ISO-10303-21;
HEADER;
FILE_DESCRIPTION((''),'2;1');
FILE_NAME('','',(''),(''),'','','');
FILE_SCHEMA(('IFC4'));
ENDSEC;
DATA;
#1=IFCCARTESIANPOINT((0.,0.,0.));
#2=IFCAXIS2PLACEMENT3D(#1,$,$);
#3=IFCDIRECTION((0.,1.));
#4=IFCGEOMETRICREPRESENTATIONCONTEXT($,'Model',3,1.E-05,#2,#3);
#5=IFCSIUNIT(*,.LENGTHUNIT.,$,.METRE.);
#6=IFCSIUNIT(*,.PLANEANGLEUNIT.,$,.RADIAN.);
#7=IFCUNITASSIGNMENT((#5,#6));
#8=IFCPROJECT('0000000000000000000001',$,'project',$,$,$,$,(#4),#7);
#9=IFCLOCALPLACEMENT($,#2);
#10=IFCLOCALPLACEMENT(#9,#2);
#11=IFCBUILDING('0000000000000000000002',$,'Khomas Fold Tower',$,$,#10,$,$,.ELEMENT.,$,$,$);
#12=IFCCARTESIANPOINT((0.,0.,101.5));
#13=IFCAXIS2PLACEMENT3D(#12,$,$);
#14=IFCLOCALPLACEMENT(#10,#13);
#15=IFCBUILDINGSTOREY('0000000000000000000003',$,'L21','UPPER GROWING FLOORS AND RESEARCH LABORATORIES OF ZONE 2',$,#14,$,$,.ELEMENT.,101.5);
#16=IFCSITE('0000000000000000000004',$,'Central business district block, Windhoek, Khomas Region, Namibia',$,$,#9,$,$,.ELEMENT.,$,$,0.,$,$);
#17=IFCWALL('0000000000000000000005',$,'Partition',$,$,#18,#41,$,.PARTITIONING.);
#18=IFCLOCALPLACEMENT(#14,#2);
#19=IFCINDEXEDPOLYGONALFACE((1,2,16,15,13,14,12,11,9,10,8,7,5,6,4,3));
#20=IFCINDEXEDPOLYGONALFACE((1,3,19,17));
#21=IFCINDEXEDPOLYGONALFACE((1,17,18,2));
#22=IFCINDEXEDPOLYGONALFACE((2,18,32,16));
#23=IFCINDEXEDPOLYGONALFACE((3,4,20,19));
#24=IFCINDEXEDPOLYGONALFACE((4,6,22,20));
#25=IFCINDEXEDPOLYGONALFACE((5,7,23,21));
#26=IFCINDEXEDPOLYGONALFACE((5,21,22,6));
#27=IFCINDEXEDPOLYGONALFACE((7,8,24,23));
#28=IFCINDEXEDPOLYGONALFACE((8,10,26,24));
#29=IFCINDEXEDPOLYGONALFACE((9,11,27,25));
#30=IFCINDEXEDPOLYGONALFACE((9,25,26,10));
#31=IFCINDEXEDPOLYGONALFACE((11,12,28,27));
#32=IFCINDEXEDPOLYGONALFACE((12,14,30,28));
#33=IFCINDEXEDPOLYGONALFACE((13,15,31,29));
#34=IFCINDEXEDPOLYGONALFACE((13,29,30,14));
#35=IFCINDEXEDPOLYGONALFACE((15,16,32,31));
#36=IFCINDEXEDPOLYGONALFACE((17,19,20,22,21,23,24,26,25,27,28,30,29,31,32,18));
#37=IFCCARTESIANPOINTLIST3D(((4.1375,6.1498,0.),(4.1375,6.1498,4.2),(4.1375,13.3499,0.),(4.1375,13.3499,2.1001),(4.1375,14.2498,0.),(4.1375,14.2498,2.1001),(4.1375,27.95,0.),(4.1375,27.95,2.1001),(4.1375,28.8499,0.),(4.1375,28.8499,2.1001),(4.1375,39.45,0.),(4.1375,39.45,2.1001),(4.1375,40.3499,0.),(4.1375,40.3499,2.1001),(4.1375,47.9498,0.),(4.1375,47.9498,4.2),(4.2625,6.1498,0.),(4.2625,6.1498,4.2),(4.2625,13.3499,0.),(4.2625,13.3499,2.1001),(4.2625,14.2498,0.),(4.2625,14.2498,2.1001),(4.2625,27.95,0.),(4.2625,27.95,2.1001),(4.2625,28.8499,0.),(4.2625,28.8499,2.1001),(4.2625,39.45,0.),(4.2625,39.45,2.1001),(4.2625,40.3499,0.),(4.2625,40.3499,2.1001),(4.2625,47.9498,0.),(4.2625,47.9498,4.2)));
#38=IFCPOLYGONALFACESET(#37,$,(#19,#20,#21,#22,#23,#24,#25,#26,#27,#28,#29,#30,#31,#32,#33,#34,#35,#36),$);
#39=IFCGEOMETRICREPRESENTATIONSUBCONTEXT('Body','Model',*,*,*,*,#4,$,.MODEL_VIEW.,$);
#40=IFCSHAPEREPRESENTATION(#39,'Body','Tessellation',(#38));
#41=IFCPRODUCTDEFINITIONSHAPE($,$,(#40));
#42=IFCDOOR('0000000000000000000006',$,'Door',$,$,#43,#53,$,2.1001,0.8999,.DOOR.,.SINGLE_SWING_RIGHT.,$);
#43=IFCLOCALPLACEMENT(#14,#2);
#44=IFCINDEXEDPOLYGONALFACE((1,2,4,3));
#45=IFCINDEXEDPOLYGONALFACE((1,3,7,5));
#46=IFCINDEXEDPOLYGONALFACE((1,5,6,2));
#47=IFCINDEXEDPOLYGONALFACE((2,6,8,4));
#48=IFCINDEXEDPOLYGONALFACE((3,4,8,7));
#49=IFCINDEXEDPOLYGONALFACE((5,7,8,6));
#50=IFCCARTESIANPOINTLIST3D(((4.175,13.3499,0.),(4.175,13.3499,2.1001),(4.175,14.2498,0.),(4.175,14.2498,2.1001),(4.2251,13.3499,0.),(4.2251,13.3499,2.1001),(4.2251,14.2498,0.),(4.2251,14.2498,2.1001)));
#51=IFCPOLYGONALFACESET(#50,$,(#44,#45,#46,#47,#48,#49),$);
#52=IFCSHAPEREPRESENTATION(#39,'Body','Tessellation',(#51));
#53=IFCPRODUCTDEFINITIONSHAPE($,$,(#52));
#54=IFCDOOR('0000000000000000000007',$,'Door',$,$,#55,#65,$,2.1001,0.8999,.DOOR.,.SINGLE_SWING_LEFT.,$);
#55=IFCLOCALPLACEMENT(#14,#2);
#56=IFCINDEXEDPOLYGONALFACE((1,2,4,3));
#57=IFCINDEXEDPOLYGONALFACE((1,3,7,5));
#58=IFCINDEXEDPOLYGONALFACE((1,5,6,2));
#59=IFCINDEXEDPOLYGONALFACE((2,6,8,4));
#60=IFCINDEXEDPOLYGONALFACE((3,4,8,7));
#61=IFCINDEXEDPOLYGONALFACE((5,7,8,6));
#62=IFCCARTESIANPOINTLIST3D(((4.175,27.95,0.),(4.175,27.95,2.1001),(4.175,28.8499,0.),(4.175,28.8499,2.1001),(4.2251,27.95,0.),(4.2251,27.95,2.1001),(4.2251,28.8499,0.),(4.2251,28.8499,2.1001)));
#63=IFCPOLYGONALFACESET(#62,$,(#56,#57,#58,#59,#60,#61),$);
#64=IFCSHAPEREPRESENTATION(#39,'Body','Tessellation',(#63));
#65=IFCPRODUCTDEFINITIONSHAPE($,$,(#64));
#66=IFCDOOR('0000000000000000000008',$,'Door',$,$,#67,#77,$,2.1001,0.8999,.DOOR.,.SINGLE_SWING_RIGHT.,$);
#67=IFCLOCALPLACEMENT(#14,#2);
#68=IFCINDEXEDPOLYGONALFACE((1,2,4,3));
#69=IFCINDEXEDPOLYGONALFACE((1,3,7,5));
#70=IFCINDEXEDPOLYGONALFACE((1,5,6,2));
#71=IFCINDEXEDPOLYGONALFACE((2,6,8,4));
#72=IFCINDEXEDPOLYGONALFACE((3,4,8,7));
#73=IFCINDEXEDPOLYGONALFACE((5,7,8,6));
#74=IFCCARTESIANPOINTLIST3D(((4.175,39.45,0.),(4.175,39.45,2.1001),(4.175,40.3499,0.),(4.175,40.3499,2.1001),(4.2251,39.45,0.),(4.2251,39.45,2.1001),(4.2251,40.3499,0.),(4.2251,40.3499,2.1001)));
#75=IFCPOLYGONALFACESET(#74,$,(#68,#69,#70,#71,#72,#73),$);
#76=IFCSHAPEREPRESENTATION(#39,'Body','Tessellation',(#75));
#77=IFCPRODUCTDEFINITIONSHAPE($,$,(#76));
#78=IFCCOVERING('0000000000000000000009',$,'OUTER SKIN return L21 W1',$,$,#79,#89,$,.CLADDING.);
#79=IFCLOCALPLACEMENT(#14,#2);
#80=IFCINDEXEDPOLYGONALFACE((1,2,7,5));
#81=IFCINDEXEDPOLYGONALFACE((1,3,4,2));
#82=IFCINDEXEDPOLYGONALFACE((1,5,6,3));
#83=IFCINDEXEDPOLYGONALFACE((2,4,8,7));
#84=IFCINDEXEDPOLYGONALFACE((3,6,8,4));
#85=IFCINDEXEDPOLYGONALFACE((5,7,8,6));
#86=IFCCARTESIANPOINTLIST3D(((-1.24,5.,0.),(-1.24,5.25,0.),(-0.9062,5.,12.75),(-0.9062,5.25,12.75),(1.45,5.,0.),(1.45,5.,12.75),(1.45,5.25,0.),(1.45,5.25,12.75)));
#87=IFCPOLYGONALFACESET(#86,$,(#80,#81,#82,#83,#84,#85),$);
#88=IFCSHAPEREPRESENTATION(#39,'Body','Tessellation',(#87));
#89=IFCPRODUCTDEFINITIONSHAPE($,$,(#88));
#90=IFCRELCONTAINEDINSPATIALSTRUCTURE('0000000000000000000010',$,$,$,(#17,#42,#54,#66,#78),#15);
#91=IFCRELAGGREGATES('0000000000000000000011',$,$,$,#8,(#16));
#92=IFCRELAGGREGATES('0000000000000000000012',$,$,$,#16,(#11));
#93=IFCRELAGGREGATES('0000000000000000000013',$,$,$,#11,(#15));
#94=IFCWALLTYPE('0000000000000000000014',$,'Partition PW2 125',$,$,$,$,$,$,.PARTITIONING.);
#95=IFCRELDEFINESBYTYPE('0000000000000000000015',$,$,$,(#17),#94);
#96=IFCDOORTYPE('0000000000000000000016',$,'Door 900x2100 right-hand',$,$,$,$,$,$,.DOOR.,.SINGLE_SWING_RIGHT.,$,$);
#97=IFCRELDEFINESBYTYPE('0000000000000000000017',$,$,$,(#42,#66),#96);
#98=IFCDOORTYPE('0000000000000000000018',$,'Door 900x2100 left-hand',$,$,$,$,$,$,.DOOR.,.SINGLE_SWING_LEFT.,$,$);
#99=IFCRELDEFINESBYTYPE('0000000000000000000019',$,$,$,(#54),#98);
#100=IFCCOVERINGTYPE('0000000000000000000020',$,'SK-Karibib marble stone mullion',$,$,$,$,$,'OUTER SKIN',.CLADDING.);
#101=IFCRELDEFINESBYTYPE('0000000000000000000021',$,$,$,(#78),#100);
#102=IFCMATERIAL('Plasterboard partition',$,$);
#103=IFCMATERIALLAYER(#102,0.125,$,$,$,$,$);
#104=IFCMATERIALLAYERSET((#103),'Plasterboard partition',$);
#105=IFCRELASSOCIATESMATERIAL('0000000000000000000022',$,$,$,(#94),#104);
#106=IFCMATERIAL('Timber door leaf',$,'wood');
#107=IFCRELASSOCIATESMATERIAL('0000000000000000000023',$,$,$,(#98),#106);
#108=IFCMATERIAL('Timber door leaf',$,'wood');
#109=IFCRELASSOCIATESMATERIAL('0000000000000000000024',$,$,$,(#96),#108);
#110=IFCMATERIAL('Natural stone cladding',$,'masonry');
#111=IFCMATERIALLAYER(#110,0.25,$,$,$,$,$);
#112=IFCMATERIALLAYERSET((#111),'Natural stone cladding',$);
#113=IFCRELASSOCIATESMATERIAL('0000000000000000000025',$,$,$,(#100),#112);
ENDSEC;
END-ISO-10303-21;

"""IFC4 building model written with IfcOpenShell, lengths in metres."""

from ifc_helpers import new_model, si_unit, direction, frame, frame_2d, origin, place, context, subcontext, project, spatial, polyline, rectangle, outline, extrude, source, transform, mapped, material, layer, layer_set, type_object, element, fill, save


model = new_model("IFC4")

# Units and contexts
model_context = context("Model", 3, precision=1e-05, world=origin(), true_north=direction((0.0, 1.0)))
body_context = subcontext(model_context, "Body", "Model", "MODEL_VIEW")
ifc_project = project(units=[si_unit("LENGTHUNIT", "METRE"), si_unit("PLANEANGLEUNIT", "RADIAN")], contexts=[model_context])

# Site, building, storey
site_placement = place(None, origin())
site = spatial("IfcSite", under=ifc_project, at=site_placement, Name="Central business district block, Windhoek, Khomas Region, Namibia", CompositionType="ELEMENT", RefElevation=0.0)
building_placement = place(site_placement, origin())
building = spatial("IfcBuilding", under=site, at=building_placement, Name="Khomas Fold Tower", CompositionType="ELEMENT")
storey_placement = place(building_placement, frame((0.0, 0.0, 101.5)))
storey = spatial("IfcBuildingStorey", under=building, at=storey_placement, Name="L21", Description="UPPER GROWING FLOORS AND RESEARCH LABORATORIES OF ZONE 2", CompositionType="ELEMENT", Elevation=101.5)

# Wall, openings, doors
ifc_material_1 = material(Name="Plasterboard partition")
ifc_layer_1 = layer(ifc_material_1, 0.125)
ifc_layer_set_1 = layer_set([ifc_layer_1], Name="Plasterboard partition")
wall_type_1 = type_object("IfcWallType", Name="Partition PW2 125", PredefinedType="PARTITIONING", material=ifc_layer_set_1)
shared_shape_1 = source(origin(), body_context, "Body", "SweptSolid", [
    extrude(rectangle(XDim=0.8999, YDim=2.1001, at=frame_2d((0.45, 1.05))), frame((0.0, 0.0725, 0.0), z_axis=(0.0, -1.0, 0.0), x_axis=(1.0, 0.0, 0.0)), (0.0, 0.0, 1.0), 0.145),
])
ifc_material_2 = material(Name="Timber door leaf", Category="wood")
door_type_1 = type_object("IfcDoorType", Name="Door 900x2100 left-hand", OperationType="SINGLE_SWING_LEFT", PredefinedType="DOOR", material=ifc_material_2)
shared_shape_2 = source(origin(), body_context, "Body", "SweptSolid", [
    extrude(rectangle(XDim=0.8999, YDim=2.1001, at=frame_2d((0.45, 1.05))), frame((0.0, 0.0249, 0.0), z_axis=(0.0, -1.0, 0.0), x_axis=(1.0, 0.0, 0.0)), (0.0, 0.0, 1.0), 0.05),
])
shared_shape_3 = source(origin(), body_context, "Body", "SweptSolid", [
    extrude(rectangle(XDim=41.8, YDim=0.125, at=frame_2d((20.8999, 0.0))), origin(), (0.0, 0.0, 1.0), 4.2),
])
wall_1_placement = place(storey_placement, frame((4.2, 6.1499, 0.0), z_axis=(0.0, 0.0, 1.0), x_axis=(0.0, 1.0, 0.0)))
wall_1 = element("IfcWall", 1, at=wall_1_placement, inside=storey, type_object=wall_type_1, Name="Partition", PredefinedType="PARTITIONING", context=body_context, shape_type="MappedRepresentation", body=[
    mapped(shared_shape_3, transform((0.0, 0.0, 0.0))),
])
opening_1_placement = place(wall_1_placement, frame((7.2, 0.0, 0.0)))
opening_1 = element("IfcOpeningElement", 2, at=opening_1_placement, cuts=wall_1, PredefinedType="OPENING", context=body_context, shape_type="MappedRepresentation", body=[
    mapped(shared_shape_1, transform((0.0, 0.0, 0.0))),
])
opening_2_placement = place(wall_1_placement, frame((21.8, 0.0, 0.0)))
opening_2 = element("IfcOpeningElement", 3, at=opening_2_placement, cuts=wall_1, PredefinedType="OPENING", context=body_context, shape_type="MappedRepresentation", body=[
    mapped(shared_shape_1, transform((0.0, 0.0, 0.0))),
])
opening_3_placement = place(wall_1_placement, frame((33.3, 0.0, 0.0)))
opening_3 = element("IfcOpeningElement", 4, at=opening_3_placement, cuts=wall_1, PredefinedType="OPENING", context=body_context, shape_type="MappedRepresentation", body=[
    mapped(shared_shape_1, transform((0.0, 0.0, 0.0))),
])
ifc_material_3 = material(Name="Timber door leaf", Category="wood")
door_type_2 = type_object("IfcDoorType", Name="Door 900x2100 right-hand", OperationType="SINGLE_SWING_RIGHT", PredefinedType="DOOR", material=ifc_material_3)
door_1_placement = place(opening_1_placement, origin())
door_1 = element("IfcDoor", 5, at=door_1_placement, inside=storey, type_object=door_type_2, Name="Door", OperationType="SINGLE_SWING_RIGHT", OverallHeight=2.1001, OverallWidth=0.8999, PredefinedType="DOOR", context=body_context, shape_type="MappedRepresentation", body=[
    mapped(shared_shape_2, transform((0.0, 0.0, 0.0))),
])
fill(opening_1, door_1)
door_2_placement = place(opening_2_placement, origin())
door_2 = element("IfcDoor", 6, at=door_2_placement, inside=storey, type_object=door_type_1, Name="Door", OperationType="SINGLE_SWING_LEFT", OverallHeight=2.1001, OverallWidth=0.8999, PredefinedType="DOOR", context=body_context, shape_type="MappedRepresentation", body=[
    mapped(shared_shape_2, transform((0.0, 0.0, 0.0))),
])
fill(opening_2, door_2)
door_3_placement = place(opening_3_placement, origin())
door_3 = element("IfcDoor", 7, at=door_3_placement, inside=storey, type_object=door_type_2, Name="Door", OperationType="SINGLE_SWING_RIGHT", OverallHeight=2.1001, OverallWidth=0.8999, PredefinedType="DOOR", context=body_context, shape_type="MappedRepresentation", body=[
    mapped(shared_shape_2, transform((0.0, 0.0, 0.0))),
])
fill(opening_3, door_3)

# Covering
ifc_material_4 = material(Name="Natural stone cladding", Category="masonry")
ifc_layer_2 = layer(ifc_material_4, 0.25)
ifc_layer_set_2 = layer_set([ifc_layer_2], Name="Natural stone cladding")
covering_type = type_object("IfcCoveringType", Name="SK-Karibib marble stone mullion", ElementType="OUTER SKIN", PredefinedType="CLADDING", material=ifc_layer_set_2)
covering_placement = place(storey_placement, frame((1.45, 5.0, 12.75), z_axis=(0.0, -1.0, 0.0), x_axis=(-1.0, 0.0, 0.0)))
element("IfcCovering", 8, at=covering_placement, inside=storey, type_object=covering_type, Name="OUTER SKIN return L21 W1", PredefinedType="CLADDING", context=body_context, shape_type="SweptSolid", body=[
    extrude(outline(polyline([(0.0, 0.0), (2.3562, 0.0), (2.6899, 12.75), (0.0, 12.75), (0.0, 0.0)])), origin(), (0.0, 0.0, -1.0), 0.25),
])

save(model, "model.ifc")
